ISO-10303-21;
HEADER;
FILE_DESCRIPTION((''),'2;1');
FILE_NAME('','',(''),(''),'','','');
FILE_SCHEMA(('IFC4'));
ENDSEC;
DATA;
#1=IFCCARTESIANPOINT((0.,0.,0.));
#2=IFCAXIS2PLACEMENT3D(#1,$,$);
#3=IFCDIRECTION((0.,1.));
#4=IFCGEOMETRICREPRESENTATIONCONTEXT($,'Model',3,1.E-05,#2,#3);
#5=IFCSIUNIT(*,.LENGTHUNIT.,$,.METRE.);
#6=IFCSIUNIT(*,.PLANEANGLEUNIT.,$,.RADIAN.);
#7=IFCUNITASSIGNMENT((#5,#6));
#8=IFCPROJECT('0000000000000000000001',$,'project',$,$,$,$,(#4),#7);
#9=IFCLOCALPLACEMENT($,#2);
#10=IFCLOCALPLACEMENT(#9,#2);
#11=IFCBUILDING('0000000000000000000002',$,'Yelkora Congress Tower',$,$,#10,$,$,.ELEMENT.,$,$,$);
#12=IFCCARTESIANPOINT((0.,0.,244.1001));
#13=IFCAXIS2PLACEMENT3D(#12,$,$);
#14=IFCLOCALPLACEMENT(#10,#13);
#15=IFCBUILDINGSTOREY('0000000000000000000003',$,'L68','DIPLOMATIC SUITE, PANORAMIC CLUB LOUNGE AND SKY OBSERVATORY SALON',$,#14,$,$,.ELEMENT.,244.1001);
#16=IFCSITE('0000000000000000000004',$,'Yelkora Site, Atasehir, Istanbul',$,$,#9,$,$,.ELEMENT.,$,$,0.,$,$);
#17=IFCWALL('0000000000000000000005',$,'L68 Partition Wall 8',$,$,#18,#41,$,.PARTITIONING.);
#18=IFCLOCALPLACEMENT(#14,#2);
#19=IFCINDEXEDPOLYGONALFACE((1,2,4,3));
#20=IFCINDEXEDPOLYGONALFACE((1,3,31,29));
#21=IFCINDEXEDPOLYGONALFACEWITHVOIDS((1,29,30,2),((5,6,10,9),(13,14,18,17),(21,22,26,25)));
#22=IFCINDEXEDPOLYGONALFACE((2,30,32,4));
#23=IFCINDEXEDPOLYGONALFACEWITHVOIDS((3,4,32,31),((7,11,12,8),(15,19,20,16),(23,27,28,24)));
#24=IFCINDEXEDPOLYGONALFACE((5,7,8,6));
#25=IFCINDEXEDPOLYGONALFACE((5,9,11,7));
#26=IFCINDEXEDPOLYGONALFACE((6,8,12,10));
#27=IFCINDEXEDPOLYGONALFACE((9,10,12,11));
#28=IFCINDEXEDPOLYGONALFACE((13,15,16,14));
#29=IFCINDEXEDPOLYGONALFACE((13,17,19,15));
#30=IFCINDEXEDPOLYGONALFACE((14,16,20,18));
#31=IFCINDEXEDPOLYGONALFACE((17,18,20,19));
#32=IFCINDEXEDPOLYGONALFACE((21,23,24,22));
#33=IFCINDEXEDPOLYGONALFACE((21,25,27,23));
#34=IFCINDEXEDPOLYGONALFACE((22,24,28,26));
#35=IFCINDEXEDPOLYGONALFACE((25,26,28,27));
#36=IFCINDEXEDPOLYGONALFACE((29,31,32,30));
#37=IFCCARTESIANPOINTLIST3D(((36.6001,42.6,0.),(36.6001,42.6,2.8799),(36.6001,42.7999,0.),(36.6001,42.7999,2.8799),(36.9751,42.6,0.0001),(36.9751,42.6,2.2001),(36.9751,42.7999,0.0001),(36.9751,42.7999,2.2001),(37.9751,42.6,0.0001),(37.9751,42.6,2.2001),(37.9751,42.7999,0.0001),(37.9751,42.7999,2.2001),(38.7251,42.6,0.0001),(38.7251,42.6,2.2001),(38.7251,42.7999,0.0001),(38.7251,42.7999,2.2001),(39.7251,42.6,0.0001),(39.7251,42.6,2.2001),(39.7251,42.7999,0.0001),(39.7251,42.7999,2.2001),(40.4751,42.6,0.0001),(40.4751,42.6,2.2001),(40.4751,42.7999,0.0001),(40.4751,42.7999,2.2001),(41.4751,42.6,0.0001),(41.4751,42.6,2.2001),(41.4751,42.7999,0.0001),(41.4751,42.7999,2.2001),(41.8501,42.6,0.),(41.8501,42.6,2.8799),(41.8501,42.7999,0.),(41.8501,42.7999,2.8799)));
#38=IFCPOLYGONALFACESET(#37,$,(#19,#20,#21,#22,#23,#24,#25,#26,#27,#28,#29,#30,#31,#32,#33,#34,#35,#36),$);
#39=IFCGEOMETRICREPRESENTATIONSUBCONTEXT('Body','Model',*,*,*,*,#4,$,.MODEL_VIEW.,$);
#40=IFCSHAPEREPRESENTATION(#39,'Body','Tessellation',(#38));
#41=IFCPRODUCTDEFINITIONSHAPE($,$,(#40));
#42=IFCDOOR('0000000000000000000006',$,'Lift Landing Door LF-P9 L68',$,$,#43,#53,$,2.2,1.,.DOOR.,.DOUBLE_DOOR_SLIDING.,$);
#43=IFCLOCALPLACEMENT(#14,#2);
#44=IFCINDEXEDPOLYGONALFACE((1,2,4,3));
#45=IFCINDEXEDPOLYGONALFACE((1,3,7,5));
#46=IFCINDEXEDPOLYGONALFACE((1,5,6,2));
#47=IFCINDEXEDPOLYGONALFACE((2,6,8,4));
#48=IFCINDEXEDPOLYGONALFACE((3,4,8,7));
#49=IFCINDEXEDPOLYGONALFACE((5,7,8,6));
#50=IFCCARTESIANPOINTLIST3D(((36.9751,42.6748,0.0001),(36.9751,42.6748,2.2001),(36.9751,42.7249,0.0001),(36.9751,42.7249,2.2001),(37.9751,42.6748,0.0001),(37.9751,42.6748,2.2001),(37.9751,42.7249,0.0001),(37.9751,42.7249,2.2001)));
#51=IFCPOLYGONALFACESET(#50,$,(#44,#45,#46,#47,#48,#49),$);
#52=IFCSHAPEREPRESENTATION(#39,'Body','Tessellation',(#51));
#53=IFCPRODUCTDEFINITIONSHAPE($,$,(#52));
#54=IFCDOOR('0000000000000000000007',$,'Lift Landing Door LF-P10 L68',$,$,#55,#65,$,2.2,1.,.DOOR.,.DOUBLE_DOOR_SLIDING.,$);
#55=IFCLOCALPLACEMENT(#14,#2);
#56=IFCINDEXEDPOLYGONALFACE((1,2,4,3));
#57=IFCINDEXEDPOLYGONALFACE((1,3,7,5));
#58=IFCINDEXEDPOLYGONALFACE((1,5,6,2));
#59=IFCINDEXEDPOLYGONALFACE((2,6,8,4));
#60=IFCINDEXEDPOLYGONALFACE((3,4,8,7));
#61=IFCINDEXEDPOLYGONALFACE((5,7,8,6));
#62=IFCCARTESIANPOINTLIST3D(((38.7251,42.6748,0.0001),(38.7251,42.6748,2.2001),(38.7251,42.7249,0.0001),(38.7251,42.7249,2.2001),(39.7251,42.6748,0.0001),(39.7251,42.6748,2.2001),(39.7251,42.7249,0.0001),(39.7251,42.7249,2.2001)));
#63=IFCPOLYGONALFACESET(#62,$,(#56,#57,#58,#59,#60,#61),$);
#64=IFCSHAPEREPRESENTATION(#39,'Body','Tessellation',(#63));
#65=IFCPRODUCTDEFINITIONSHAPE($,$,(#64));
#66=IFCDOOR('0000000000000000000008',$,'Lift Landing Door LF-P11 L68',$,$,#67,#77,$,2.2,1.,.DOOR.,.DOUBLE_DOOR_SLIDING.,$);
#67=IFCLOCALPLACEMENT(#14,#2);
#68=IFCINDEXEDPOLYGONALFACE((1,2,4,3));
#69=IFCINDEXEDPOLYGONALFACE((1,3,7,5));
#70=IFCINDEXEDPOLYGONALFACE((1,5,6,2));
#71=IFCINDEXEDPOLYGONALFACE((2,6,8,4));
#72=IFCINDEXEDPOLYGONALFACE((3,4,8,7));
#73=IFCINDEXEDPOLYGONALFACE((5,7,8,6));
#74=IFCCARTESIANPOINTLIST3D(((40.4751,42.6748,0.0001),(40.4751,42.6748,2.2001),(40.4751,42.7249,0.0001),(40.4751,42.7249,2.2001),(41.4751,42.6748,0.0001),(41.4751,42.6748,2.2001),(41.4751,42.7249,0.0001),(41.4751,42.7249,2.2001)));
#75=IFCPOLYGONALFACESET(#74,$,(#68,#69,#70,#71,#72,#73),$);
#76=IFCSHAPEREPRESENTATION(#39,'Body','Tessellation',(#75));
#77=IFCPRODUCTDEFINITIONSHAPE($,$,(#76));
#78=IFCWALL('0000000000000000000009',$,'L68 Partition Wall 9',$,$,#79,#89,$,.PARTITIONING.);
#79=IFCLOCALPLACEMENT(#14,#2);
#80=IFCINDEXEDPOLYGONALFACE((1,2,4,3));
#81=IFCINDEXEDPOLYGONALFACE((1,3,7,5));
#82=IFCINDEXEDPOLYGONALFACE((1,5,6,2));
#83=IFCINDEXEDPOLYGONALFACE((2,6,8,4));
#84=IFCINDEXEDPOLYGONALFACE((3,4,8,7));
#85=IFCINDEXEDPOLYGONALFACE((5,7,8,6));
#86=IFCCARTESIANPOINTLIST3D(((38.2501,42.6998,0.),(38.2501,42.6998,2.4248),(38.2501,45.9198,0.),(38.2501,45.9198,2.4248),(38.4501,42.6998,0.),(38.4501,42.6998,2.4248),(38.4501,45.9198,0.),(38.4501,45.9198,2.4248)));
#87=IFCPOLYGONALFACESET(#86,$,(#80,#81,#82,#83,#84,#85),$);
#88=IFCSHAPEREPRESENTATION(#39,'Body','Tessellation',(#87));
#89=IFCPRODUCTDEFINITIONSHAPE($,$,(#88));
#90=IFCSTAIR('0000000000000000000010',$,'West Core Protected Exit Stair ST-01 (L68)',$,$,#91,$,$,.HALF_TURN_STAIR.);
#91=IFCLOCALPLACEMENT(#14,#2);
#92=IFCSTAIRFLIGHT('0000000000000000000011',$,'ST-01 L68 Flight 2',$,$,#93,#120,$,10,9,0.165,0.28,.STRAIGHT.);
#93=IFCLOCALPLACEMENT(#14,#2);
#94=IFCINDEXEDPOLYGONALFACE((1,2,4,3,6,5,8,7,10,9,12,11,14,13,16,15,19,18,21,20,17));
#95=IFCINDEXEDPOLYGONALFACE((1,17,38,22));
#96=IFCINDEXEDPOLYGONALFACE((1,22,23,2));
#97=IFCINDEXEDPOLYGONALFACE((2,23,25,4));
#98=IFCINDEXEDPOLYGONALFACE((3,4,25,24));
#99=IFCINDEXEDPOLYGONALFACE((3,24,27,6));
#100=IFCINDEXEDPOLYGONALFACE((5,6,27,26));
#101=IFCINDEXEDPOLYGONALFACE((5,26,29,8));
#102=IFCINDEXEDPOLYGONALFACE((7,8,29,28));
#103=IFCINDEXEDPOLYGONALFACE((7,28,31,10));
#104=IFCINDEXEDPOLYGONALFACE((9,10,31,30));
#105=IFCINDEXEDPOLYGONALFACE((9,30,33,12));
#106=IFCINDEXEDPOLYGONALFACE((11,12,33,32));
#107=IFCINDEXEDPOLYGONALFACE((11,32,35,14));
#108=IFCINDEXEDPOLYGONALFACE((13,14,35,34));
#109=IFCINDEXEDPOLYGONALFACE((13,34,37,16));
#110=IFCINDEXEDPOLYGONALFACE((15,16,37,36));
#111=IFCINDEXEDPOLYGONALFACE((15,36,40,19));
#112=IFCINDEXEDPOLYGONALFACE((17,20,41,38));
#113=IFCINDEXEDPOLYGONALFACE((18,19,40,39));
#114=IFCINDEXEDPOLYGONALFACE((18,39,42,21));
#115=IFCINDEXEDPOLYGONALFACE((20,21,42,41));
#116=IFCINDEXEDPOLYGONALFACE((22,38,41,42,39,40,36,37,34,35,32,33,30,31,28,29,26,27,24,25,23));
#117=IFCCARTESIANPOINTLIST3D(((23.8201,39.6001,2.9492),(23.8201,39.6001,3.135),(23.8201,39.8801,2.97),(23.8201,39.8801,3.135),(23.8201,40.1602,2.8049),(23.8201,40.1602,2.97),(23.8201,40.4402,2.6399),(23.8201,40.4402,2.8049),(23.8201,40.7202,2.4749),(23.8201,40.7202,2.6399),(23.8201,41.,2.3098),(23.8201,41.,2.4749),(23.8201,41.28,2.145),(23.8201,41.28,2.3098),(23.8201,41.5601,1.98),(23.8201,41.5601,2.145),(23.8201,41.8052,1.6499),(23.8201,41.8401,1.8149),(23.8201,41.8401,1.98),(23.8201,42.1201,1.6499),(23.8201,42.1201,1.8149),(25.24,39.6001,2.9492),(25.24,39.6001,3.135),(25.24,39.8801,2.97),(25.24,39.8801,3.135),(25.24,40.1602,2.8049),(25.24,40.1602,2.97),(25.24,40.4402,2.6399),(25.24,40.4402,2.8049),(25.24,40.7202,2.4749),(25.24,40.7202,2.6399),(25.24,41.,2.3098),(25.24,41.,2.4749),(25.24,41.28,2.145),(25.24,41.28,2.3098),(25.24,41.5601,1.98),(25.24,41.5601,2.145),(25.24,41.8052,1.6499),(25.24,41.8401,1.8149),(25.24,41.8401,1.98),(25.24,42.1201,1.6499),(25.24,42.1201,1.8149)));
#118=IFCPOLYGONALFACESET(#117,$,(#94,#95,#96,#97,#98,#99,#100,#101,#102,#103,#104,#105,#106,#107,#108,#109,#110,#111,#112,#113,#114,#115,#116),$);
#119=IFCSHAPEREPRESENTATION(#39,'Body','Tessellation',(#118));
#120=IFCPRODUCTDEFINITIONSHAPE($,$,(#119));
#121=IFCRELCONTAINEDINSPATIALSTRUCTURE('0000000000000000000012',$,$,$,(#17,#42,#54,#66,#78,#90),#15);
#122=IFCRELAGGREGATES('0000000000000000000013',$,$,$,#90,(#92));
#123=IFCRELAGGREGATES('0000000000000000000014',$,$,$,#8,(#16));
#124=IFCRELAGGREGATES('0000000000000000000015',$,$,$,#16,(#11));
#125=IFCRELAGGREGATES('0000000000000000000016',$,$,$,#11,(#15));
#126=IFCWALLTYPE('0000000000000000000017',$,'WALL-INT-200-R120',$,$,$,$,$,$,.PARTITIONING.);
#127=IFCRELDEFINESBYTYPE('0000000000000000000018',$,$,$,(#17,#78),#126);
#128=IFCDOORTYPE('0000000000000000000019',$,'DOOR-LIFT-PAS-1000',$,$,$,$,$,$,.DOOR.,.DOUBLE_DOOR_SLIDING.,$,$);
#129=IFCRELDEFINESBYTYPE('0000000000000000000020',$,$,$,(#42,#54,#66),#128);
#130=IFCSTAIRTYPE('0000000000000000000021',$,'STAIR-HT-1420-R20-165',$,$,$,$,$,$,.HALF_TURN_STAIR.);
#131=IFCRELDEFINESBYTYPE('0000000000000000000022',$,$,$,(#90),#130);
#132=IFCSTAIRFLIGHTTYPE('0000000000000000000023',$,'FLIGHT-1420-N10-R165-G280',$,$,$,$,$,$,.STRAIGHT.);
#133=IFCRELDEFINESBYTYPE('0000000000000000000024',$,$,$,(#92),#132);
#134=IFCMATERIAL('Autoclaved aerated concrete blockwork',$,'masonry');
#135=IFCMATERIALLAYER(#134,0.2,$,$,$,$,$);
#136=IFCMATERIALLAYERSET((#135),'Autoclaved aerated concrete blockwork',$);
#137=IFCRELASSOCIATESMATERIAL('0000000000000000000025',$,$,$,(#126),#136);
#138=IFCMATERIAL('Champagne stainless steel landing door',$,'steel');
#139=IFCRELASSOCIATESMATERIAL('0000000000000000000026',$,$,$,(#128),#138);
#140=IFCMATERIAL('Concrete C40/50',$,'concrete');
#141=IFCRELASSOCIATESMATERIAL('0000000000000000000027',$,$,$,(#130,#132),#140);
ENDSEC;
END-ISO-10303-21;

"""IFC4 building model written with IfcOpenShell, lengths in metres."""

from ifc_helpers import new_model, si_unit, direction, frame, frame_2d, origin, place, context, subcontext, project, spatial, polyline, rectangle, outline, extrude, material, layer, layer_set, type_object, element, fill, aggregate, save


model = new_model("IFC4")

# Units and contexts
model_context = context("Model", 3, precision=1e-05, world=origin(), true_north=direction((0.0, 1.0)))
body_context = subcontext(model_context, "Body", "Model", "MODEL_VIEW")
ifc_project = project(units=[si_unit("LENGTHUNIT", "METRE"), si_unit("PLANEANGLEUNIT", "RADIAN")], contexts=[model_context])

# Site, building, storey
site_placement = place(None, origin())
site = spatial("IfcSite", under=ifc_project, at=site_placement, Name="Yelkora Site, Atasehir, Istanbul", CompositionType="ELEMENT", RefElevation=0.0)
building_placement = place(site_placement, origin())
building = spatial("IfcBuilding", under=site, at=building_placement, Name="Yelkora Congress Tower", CompositionType="ELEMENT")
storey_placement = place(building_placement, frame((0.0, 0.0, 244.1001)))
storey = spatial("IfcBuildingStorey", under=building, at=storey_placement, Name="L68", Description="DIPLOMATIC SUITE, PANORAMIC CLUB LOUNGE AND SKY OBSERVATORY SALON", CompositionType="ELEMENT", Elevation=244.1001)

# Shared definitions
ifc_material_1 = material(Name="Autoclaved aerated concrete blockwork", Category="masonry")
ifc_layer_1 = layer(ifc_material_1, 0.2)
ifc_layer_set_1 = layer_set([ifc_layer_1], Name="Autoclaved aerated concrete blockwork")
wall_type = type_object("IfcWallType", Name="WALL-INT-200-R120", PredefinedType="PARTITIONING", material=ifc_layer_set_1)

# Wall, openings, doors
wall_1_placement = place(storey_placement, frame((36.6001, 42.7, 0.0), z_axis=(0.0, 0.0, 1.0), x_axis=(1.0, 0.0, 0.0)))
wall_1 = element("IfcWall", 1, at=wall_1_placement, inside=storey, type_object=wall_type, Name="L68 Partition Wall 8", PredefinedType="PARTITIONING", context=body_context, shape_type="SweptSolid", body=[
    extrude(rectangle(XDim=5.25, YDim=0.2, at=frame_2d((2.625, 0.0))), origin(), (0.0, 0.0, 1.0), 2.8799),
])
opening_1_placement = place(wall_1_placement, frame((0.375, 0.0, 0.0)))
opening_1 = element("IfcOpeningElement", 2, at=opening_1_placement, cuts=wall_1, PredefinedType="OPENING", context=body_context, shape_type="SweptSolid", body=[
    extrude(rectangle(XDim=1.0, YDim=2.2, at=frame_2d((0.5, 1.1001))), frame((0.0, 0.1099, 0.0), z_axis=(0.0, -1.0, 0.0), x_axis=(1.0, 0.0, 0.0)), (0.0, 0.0, 1.0), 0.22),
])
opening_2_placement = place(wall_1_placement, frame((2.125, 0.0, 0.0)))
opening_2 = element("IfcOpeningElement", 3, at=opening_2_placement, cuts=wall_1, PredefinedType="OPENING", context=body_context, shape_type="SweptSolid", body=[
    extrude(rectangle(XDim=1.0, YDim=2.2, at=frame_2d((0.5, 1.1001))), frame((0.0, 0.1099, 0.0), z_axis=(0.0, -1.0, 0.0), x_axis=(1.0, 0.0, 0.0)), (0.0, 0.0, 1.0), 0.22),
])
opening_3_placement = place(wall_1_placement, frame((3.875, 0.0, 0.0)))
opening_3 = element("IfcOpeningElement", 4, at=opening_3_placement, cuts=wall_1, PredefinedType="OPENING", context=body_context, shape_type="SweptSolid", body=[
    extrude(rectangle(XDim=1.0, YDim=2.2, at=frame_2d((0.5, 1.1001))), frame((0.0, 0.1099, 0.0), z_axis=(0.0, -1.0, 0.0), x_axis=(1.0, 0.0, 0.0)), (0.0, 0.0, 1.0), 0.22),
])
ifc_material_2 = material(Name="Champagne stainless steel landing door", Category="steel")
door_type_1 = type_object("IfcDoorType", Name="DOOR-LIFT-PAS-1000", OperationType="DOUBLE_DOOR_SLIDING", PredefinedType="DOOR", material=ifc_material_2)
door_1_placement = place(opening_1_placement, origin())
door_1 = element("IfcDoor", 5, at=door_1_placement, inside=storey, type_object=door_type_1, Name="Lift Landing Door LF-P9 L68", OperationType="DOUBLE_DOOR_SLIDING", OverallHeight=2.2, OverallWidth=1.0, PredefinedType="DOOR", context=body_context, shape_type="SweptSolid", body=[
    extrude(rectangle(XDim=1.0, YDim=2.2, at=frame_2d((0.5, 1.1001))), frame((0.0, 0.0249, 0.0), z_axis=(0.0, -1.0, 0.0), x_axis=(1.0, 0.0, 0.0)), (0.0, 0.0, 1.0), 0.05),
])
fill(opening_1, door_1)
door_2_placement = place(opening_2_placement, origin())
door_2 = element("IfcDoor", 6, at=door_2_placement, inside=storey, type_object=door_type_1, Name="Lift Landing Door LF-P10 L68", OperationType="DOUBLE_DOOR_SLIDING", OverallHeight=2.2, OverallWidth=1.0, PredefinedType="DOOR", context=body_context, shape_type="SweptSolid", body=[
    extrude(rectangle(XDim=1.0, YDim=2.2, at=frame_2d((0.5, 1.1001))), frame((0.0, 0.0249, 0.0), z_axis=(0.0, -1.0, 0.0), x_axis=(1.0, 0.0, 0.0)), (0.0, 0.0, 1.0), 0.05),
])
fill(opening_2, door_2)
door_3_placement = place(opening_3_placement, origin())
door_3 = element("IfcDoor", 7, at=door_3_placement, inside=storey, type_object=door_type_1, Name="Lift Landing Door LF-P11 L68", OperationType="DOUBLE_DOOR_SLIDING", OverallHeight=2.2, OverallWidth=1.0, PredefinedType="DOOR", context=body_context, shape_type="SweptSolid", body=[
    extrude(rectangle(XDim=1.0, YDim=2.2, at=frame_2d((0.5, 1.1001))), frame((0.0, 0.0249, 0.0), z_axis=(0.0, -1.0, 0.0), x_axis=(1.0, 0.0, 0.0)), (0.0, 0.0, 1.0), 0.05),
])
fill(opening_3, door_3)

# Wall
wall_2_placement = place(storey_placement, frame((38.3501, 42.7, 0.0), z_axis=(0.0, 0.0, 1.0), x_axis=(0.0, 1.0, 0.0)))
element("IfcWall", 8, at=wall_2_placement, inside=storey, type_object=wall_type, Name="L68 Partition Wall 9", PredefinedType="PARTITIONING", context=body_context, shape_type="SweptSolid", body=[
    extrude(rectangle(XDim=3.22, YDim=0.2, at=frame_2d((1.6099, 0.0))), origin(), (0.0, 0.0, 1.0), 2.4248),
])

# Stair, stair flight
ifc_material_3 = material(Name="Concrete C40/50", Category="concrete")
stair_type = type_object("IfcStairType", Name="STAIR-HT-1420-R20-165", PredefinedType="HALF_TURN_STAIR", material=ifc_material_3)
stair_placement = place(storey_placement, origin())
stair = element("IfcStair", 9, at=stair_placement, inside=storey, type_object=stair_type, Name="West Core Protected Exit Stair ST-01 (L68)", PredefinedType="HALF_TURN_STAIR")
stair_flight_type = type_object("IfcStairFlightType", Name="FLIGHT-1420-N10-R165-G280", PredefinedType="STRAIGHT", material=ifc_material_3)
stair_flight_placement = place(storey_placement, frame((24.53, 42.1201, 1.6499), z_axis=(0.0, 0.0, 1.0), x_axis=(0.0, -1.0, 0.0)))
stair_flight = element("IfcStairFlight", 10, at=stair_flight_placement, type_object=stair_flight_type, Name="ST-01 L68 Flight 2", NumberOfRisers=10, NumberOfTreads=9, PredefinedType="STRAIGHT", RiserHeight=0.165, TreadLength=0.28, context=body_context, shape_type="SweptSolid", body=[
    extrude(outline(polyline([(0.0, 0.0), (0.0, 0.165), (0.28, 0.165), (0.28, 0.3301), (0.5601, 0.3301), (0.5601, 0.4951), (0.8401, 0.4951), (0.8401, 0.6599), (1.1201, 0.6599), (1.1201, 0.825), (1.3999, 0.825), (1.3999, 0.99), (1.6799, 0.99), (1.6799, 1.155), (1.96, 1.155), (1.96, 1.3201), (2.24, 1.3201), (2.24, 1.4851), (2.52, 1.4851), (2.52, 1.6499), (2.52, 1.2993), (0.3149, 0.0), (0.0, 0.0)])), frame((0.0, 0.71, 0.0), z_axis=(0.0, -1.0, 0.0), x_axis=(1.0, 0.0, 0.0)), (0.0, 0.0, 1.0), 1.4199),
])
aggregate(stair, [stair_flight])

save(model, "model.ifc")
